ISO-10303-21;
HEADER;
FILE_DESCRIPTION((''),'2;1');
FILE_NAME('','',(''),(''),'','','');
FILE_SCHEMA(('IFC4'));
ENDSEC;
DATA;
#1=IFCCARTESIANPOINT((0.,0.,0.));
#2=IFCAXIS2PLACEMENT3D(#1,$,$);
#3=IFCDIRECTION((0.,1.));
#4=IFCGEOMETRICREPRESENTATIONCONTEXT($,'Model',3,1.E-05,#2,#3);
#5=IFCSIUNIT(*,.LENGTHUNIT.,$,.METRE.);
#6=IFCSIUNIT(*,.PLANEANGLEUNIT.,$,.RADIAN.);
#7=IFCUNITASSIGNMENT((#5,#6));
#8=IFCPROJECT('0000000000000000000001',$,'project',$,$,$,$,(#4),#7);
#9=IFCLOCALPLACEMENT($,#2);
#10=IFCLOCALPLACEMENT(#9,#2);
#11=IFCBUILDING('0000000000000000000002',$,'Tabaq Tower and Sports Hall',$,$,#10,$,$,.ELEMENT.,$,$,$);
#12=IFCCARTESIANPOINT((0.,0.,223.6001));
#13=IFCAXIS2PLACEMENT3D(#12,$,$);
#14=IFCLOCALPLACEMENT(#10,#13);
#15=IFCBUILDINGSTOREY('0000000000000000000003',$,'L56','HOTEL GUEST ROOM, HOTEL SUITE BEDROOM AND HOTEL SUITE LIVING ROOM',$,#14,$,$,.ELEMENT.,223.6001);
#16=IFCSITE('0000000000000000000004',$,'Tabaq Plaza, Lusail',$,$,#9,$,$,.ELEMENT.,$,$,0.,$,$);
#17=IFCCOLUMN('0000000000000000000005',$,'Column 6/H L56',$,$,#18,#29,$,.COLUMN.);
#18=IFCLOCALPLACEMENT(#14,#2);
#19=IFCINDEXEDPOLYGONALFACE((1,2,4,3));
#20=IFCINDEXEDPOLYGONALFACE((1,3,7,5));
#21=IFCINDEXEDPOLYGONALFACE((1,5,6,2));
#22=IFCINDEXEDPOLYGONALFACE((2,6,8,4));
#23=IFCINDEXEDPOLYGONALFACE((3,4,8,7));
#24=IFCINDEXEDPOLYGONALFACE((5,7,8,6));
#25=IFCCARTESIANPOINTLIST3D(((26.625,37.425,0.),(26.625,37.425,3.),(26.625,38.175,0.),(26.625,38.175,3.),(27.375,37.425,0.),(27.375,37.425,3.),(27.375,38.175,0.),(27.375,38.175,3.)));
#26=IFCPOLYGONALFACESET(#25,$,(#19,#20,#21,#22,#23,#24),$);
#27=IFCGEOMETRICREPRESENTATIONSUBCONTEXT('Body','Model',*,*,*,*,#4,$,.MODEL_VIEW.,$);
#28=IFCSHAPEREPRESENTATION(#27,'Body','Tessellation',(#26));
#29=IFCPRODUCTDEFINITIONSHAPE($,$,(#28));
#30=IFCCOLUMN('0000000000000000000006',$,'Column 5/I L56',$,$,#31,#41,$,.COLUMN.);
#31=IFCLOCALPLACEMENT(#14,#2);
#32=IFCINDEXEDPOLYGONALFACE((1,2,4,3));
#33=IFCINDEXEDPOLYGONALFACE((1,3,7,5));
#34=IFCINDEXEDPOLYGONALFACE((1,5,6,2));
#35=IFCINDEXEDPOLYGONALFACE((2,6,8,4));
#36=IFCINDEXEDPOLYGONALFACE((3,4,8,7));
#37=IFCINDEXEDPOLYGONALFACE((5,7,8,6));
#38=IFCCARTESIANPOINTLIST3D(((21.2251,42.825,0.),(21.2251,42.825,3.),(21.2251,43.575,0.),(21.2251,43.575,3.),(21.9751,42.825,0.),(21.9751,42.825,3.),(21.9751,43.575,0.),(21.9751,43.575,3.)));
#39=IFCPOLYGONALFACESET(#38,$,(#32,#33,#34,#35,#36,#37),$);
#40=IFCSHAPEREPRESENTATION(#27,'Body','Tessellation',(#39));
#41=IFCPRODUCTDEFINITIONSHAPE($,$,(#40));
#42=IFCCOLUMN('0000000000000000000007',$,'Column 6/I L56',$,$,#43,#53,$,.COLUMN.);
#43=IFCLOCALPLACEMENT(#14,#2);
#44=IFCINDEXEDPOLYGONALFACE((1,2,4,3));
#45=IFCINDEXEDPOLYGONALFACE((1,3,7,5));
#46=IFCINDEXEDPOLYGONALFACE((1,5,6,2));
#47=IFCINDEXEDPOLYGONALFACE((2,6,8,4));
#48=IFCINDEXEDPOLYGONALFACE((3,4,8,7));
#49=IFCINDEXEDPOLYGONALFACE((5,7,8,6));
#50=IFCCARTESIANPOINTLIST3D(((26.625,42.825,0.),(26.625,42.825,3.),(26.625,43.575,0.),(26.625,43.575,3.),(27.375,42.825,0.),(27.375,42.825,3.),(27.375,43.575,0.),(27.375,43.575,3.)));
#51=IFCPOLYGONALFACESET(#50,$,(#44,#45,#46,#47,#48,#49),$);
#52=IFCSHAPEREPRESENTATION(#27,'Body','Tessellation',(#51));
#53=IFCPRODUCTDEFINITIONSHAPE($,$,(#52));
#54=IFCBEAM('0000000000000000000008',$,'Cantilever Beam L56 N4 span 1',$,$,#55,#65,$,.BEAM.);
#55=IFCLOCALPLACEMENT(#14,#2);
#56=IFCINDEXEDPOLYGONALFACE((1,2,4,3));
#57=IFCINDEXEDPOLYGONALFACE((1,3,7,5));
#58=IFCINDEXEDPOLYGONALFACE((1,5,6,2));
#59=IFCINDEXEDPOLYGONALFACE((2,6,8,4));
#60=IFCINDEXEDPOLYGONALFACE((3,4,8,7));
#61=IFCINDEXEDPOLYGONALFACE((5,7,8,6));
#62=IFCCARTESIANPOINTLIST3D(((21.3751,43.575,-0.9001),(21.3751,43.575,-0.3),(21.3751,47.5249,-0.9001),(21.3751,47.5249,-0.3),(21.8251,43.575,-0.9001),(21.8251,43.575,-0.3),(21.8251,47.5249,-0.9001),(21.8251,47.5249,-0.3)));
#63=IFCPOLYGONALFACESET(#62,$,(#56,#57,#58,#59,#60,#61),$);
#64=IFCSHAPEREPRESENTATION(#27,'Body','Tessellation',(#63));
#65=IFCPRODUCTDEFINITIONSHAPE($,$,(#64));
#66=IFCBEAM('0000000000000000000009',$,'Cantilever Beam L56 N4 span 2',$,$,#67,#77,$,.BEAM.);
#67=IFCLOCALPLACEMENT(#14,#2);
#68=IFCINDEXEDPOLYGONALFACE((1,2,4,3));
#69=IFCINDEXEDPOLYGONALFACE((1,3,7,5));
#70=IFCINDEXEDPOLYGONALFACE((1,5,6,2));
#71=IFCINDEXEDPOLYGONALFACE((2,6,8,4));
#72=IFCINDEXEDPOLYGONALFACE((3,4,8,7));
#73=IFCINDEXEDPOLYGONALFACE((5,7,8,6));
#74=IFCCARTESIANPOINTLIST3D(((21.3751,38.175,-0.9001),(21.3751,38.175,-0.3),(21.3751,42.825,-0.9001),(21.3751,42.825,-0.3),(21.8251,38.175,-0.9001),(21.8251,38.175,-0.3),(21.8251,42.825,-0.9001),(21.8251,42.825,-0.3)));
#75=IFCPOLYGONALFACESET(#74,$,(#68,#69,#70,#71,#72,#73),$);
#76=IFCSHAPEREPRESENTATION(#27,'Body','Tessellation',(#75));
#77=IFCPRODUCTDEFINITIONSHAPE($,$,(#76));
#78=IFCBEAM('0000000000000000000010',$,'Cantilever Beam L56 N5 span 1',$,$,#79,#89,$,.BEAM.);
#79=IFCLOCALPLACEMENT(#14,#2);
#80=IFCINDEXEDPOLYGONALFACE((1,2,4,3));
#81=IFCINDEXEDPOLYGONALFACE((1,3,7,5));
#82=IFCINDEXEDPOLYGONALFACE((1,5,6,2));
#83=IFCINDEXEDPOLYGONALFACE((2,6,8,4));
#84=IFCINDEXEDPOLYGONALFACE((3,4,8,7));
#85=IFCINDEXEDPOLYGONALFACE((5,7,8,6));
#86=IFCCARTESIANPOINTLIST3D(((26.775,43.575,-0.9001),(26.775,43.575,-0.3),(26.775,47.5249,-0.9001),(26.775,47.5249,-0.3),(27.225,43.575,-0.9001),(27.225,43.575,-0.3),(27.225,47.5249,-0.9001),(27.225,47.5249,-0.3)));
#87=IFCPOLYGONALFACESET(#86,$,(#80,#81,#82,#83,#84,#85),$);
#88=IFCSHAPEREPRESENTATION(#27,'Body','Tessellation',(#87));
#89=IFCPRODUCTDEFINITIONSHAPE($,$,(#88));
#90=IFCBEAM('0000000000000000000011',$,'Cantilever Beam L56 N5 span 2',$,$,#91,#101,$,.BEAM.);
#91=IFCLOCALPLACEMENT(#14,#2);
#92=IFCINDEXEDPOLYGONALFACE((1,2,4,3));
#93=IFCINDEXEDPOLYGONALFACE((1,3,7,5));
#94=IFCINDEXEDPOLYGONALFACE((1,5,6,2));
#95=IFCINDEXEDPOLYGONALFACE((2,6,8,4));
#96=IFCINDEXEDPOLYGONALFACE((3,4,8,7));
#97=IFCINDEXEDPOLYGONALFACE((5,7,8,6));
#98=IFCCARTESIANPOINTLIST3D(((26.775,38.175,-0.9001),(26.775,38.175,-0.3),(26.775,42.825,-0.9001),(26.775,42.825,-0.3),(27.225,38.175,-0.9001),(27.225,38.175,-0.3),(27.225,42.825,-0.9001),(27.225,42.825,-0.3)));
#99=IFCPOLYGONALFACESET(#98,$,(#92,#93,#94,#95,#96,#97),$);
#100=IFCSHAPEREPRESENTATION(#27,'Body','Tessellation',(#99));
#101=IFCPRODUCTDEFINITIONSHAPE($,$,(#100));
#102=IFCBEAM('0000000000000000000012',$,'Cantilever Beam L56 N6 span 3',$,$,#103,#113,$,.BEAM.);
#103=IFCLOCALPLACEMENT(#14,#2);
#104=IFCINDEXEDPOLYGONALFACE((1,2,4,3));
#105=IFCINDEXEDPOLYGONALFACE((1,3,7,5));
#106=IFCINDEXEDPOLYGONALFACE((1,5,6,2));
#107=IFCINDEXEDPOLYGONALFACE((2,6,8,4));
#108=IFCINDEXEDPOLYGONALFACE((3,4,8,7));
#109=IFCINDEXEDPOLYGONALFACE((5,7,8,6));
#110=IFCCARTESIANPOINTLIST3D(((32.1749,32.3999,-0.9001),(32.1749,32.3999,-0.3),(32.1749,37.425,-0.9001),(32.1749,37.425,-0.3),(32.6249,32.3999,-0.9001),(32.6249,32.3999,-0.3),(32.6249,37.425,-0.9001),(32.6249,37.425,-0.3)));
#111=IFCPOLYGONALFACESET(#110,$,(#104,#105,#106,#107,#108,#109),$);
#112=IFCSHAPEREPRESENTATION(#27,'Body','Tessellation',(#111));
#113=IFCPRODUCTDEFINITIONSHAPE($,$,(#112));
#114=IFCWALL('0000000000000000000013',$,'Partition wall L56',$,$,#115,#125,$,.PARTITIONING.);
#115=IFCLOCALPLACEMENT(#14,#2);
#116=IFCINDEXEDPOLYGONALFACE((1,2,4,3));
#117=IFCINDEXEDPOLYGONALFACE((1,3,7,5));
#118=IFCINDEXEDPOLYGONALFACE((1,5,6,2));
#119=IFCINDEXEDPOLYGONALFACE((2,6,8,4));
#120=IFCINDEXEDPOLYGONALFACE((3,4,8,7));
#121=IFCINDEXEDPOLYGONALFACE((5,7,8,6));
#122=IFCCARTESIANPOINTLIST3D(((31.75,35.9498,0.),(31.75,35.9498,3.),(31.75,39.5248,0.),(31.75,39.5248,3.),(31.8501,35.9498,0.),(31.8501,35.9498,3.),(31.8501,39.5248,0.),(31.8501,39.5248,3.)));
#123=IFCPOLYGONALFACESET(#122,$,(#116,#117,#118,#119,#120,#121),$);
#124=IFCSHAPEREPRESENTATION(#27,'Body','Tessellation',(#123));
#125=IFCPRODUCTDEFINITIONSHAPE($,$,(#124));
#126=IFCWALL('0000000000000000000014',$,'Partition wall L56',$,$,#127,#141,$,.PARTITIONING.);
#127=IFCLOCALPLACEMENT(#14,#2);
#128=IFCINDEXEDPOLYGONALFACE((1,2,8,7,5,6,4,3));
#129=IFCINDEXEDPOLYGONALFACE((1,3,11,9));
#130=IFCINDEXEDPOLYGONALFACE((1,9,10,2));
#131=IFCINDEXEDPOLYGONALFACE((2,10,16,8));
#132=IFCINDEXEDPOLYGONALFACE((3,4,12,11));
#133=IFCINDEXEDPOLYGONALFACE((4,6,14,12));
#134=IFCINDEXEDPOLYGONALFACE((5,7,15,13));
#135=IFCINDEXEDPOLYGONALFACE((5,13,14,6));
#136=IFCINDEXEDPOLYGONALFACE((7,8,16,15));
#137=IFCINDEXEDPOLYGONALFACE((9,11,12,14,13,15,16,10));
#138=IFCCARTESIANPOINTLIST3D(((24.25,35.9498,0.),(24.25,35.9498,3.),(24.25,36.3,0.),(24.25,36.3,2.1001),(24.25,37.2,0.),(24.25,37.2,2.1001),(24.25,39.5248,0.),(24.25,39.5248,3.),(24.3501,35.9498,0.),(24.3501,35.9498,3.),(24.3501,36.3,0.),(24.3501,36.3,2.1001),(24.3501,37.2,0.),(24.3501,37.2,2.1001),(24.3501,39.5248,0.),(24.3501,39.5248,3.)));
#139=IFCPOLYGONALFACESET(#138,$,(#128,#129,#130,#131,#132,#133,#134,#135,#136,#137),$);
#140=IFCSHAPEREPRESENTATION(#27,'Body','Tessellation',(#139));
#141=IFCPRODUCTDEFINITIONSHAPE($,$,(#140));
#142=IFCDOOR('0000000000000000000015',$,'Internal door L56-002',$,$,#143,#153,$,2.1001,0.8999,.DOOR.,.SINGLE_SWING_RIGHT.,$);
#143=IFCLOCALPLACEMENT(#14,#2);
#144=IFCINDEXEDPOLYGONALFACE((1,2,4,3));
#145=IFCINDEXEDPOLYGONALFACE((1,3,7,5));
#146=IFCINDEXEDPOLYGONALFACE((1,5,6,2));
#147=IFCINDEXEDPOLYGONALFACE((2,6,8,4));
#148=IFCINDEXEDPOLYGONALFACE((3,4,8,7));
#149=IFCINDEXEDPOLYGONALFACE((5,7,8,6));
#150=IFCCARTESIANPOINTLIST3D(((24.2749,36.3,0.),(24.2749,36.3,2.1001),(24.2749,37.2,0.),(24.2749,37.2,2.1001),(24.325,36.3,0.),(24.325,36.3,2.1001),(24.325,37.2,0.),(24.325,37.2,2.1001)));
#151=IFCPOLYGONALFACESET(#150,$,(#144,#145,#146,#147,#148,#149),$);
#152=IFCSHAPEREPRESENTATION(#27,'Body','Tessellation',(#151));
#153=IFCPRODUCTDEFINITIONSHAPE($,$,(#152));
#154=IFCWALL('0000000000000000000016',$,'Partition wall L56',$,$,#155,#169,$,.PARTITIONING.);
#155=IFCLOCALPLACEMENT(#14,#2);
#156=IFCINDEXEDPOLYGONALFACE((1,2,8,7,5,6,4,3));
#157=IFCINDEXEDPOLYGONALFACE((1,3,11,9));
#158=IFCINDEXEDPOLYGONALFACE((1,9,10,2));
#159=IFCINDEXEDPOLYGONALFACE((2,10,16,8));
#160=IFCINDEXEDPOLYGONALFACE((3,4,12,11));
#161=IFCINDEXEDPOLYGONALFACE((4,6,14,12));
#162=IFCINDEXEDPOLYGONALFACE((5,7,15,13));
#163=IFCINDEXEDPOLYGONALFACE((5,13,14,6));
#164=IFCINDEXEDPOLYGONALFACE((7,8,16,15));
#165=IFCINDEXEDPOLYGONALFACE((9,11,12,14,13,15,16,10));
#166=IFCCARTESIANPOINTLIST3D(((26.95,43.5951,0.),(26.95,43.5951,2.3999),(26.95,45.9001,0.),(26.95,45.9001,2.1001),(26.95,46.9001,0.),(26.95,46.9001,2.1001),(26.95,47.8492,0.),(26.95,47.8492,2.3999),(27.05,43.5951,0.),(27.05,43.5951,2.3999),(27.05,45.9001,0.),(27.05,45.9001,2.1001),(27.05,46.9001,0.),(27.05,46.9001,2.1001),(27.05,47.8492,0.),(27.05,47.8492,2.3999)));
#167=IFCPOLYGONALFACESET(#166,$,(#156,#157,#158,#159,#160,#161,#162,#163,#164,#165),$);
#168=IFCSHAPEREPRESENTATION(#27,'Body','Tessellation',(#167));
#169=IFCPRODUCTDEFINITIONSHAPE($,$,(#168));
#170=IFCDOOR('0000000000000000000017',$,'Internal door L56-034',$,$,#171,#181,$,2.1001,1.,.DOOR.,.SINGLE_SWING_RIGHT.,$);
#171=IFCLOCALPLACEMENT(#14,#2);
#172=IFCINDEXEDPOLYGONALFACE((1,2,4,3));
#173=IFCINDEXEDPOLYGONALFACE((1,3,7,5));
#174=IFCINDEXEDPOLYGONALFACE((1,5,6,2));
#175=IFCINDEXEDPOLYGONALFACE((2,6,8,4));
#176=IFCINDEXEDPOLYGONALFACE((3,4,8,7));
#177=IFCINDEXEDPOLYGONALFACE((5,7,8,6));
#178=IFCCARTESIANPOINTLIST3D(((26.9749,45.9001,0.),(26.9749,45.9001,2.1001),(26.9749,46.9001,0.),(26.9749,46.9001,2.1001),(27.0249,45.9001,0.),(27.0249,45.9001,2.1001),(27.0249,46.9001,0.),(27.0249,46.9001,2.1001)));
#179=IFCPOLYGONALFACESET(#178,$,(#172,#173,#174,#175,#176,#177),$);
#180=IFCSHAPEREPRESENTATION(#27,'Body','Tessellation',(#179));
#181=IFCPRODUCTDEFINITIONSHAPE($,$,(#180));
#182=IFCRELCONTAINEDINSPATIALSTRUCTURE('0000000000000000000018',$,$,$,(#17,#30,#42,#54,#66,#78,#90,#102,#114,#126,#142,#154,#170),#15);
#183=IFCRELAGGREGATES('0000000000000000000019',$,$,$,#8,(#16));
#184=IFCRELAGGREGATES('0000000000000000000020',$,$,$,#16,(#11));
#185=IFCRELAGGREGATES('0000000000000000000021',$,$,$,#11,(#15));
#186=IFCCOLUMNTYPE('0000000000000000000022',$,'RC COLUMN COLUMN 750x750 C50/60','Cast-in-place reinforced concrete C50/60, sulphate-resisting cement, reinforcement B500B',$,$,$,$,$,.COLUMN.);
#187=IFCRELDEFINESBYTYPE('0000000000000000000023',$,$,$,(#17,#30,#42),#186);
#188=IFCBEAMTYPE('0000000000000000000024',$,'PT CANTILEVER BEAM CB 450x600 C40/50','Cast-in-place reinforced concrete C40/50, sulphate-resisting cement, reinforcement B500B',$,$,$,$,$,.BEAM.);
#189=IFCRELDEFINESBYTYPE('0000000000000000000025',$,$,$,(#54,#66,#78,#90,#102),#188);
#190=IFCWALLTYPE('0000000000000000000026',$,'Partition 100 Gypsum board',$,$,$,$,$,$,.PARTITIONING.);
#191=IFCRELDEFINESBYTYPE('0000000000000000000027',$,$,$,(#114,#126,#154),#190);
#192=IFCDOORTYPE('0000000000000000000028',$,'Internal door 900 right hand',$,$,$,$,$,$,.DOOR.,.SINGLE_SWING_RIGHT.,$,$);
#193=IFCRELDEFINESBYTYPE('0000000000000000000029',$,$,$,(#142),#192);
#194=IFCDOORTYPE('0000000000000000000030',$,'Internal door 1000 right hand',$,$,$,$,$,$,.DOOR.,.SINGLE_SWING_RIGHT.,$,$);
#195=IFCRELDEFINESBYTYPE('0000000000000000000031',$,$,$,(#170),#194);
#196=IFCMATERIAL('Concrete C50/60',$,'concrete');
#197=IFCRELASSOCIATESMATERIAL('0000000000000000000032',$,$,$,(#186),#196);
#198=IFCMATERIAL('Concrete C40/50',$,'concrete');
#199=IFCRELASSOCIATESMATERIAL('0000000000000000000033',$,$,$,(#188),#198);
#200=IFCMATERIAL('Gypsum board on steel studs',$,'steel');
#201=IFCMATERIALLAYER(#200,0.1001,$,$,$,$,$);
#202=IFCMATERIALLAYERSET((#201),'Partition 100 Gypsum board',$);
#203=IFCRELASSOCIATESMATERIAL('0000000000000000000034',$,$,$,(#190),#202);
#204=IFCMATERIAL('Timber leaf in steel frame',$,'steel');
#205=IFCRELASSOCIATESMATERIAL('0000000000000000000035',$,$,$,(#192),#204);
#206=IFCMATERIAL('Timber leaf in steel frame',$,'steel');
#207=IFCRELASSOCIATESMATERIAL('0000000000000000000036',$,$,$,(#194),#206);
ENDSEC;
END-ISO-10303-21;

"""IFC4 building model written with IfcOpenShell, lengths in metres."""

from ifc_helpers import new_model, si_unit, direction, frame, frame_2d, origin, origin_2d, place, context, subcontext, project, spatial, rectangle, extrude, material, layer, layer_set, material_profile, profile_set, type_object, element, fill, save


model = new_model("IFC4")

# Units and contexts
model_context = context("Model", 3, precision=1e-05, world=origin(), true_north=direction((0.0, 1.0)))
body_context = subcontext(model_context, "Body", "Model", "MODEL_VIEW")
ifc_project = project(units=[si_unit("LENGTHUNIT", "METRE"), si_unit("PLANEANGLEUNIT", "RADIAN")], contexts=[model_context])

# Site, building, storey
site_placement = place(None, origin())
site = spatial("IfcSite", under=ifc_project, at=site_placement, Name="Tabaq Plaza, Lusail", CompositionType="ELEMENT", RefElevation=0.0)
building_placement = place(site_placement, origin())
building = spatial("IfcBuilding", under=site, at=building_placement, Name="Tabaq Tower and Sports Hall", CompositionType="ELEMENT")
storey_placement = place(building_placement, frame((0.0, 0.0, 223.6001)))
storey = spatial("IfcBuildingStorey", under=building, at=storey_placement, Name="L56", Description="HOTEL GUEST ROOM, HOTEL SUITE BEDROOM AND HOTEL SUITE LIVING ROOM", CompositionType="ELEMENT", Elevation=223.6001)

# Columns
ifc_material_1 = material(Name="Concrete C50/60", Category="concrete")
ifc_material_profile_1 = material_profile(ifc_material_1, rectangle(XDim=0.75, YDim=0.75, at=origin_2d()), Name="COLUMN 750x750")
ifc_profile_set_1 = profile_set([ifc_material_profile_1], Name="Concrete C50/60")
column_type = type_object("IfcColumnType", Name="RC COLUMN COLUMN 750x750 C50/60", Description="Cast-in-place reinforced concrete C50/60, sulphate-resisting cement, reinforcement B500B", PredefinedType="COLUMN", material=ifc_profile_set_1)
for number, where, z_axis, x_axis, name in (
    (1, (27.0, 37.8, 0.0), (0.0, 0.0, 1.0), (1.0, 0.0, 0.0), "Column 6/H L56"),
    (2, (21.6001, 43.2, 0.0), (0.0, 0.0, 1.0), (1.0, 0.0, 0.0), "Column 5/I L56"),
    (3, (27.0, 43.2, 0.0), (0.0, 0.0, 1.0), (1.0, 0.0, 0.0), "Column 6/I L56"),
):
    element("IfcColumn", number, at=place(storey_placement, frame(where, z_axis=z_axis, x_axis=x_axis)), inside=storey, type_object=column_type, Name=name, PredefinedType="COLUMN", context=body_context, shape_type="SweptSolid", body=[
        extrude(rectangle(XDim=0.75, YDim=0.75, at=origin_2d()), origin(), (0.0, 0.0, 1.0), 3.0),
    ])

# Beams
ifc_material_2 = material(Name="Concrete C40/50", Category="concrete")
ifc_material_profile_2 = material_profile(ifc_material_2, rectangle(XDim=0.45, YDim=0.6001, at=origin_2d()), Name="CB 450x600")
ifc_profile_set_2 = profile_set([ifc_material_profile_2], Name="Concrete C40/50")
beam_type = type_object("IfcBeamType", Name="PT CANTILEVER BEAM CB 450x600 C40/50", Description="Cast-in-place reinforced concrete C40/50, sulphate-resisting cement, reinforcement B500B", PredefinedType="BEAM", material=ifc_profile_set_2)
beam_1_placement = place(storey_placement, frame((21.6001, 47.5249, -0.6001), z_axis=(0.0, -1.0, 0.0), x_axis=(1.0, 0.0, 0.0)))
element("IfcBeam", 4, at=beam_1_placement, inside=storey, type_object=beam_type, Name="Cantilever Beam L56 N4 span 1", PredefinedType="BEAM", context=body_context, shape_type="SweptSolid", body=[
    extrude(rectangle(XDim=0.45, YDim=0.6001, at=origin_2d()), origin(), (0.0, 0.0, 1.0), 3.95),
])
beam_2_placement = place(storey_placement, frame((21.6001, 42.825, -0.6001), z_axis=(0.0, -1.0, 0.0), x_axis=(1.0, 0.0, 0.0)))
element("IfcBeam", 5, at=beam_2_placement, inside=storey, type_object=beam_type, Name="Cantilever Beam L56 N4 span 2", PredefinedType="BEAM", context=body_context, shape_type="SweptSolid", body=[
    extrude(rectangle(XDim=0.45, YDim=0.6001, at=origin_2d()), origin(), (0.0, 0.0, 1.0), 4.6499),
])
beam_3_placement = place(storey_placement, frame((27.0, 47.5249, -0.6001), z_axis=(0.0, -1.0, 0.0), x_axis=(1.0, 0.0, 0.0)))
element("IfcBeam", 6, at=beam_3_placement, inside=storey, type_object=beam_type, Name="Cantilever Beam L56 N5 span 1", PredefinedType="BEAM", context=body_context, shape_type="SweptSolid", body=[
    extrude(rectangle(XDim=0.45, YDim=0.6001, at=origin_2d()), origin(), (0.0, 0.0, 1.0), 3.95),
])
beam_4_placement = place(storey_placement, frame((27.0, 42.825, -0.6001), z_axis=(0.0, -1.0, 0.0), x_axis=(1.0, 0.0, 0.0)))
element("IfcBeam", 7, at=beam_4_placement, inside=storey, type_object=beam_type, Name="Cantilever Beam L56 N5 span 2", PredefinedType="BEAM", context=body_context, shape_type="SweptSolid", body=[
    extrude(rectangle(XDim=0.45, YDim=0.6001, at=origin_2d()), origin(), (0.0, 0.0, 1.0), 4.6499),
])
beam_5_placement = place(storey_placement, frame((32.3999, 37.425, -0.6001), z_axis=(0.0, -1.0, 0.0), x_axis=(1.0, 0.0, 0.0)))
element("IfcBeam", 8, at=beam_5_placement, inside=storey, type_object=beam_type, Name="Cantilever Beam L56 N6 span 3", PredefinedType="BEAM", context=body_context, shape_type="SweptSolid", body=[
    extrude(rectangle(XDim=0.45, YDim=0.6001, at=origin_2d()), origin(), (0.0, 0.0, 1.0), 5.0251),
])

# Wall
ifc_material_3 = material(Name="Gypsum board on steel studs", Category="steel")
ifc_layer_1 = layer(ifc_material_3, 0.1001)
ifc_layer_set_1 = layer_set([ifc_layer_1], Name="Partition 100 Gypsum board")
wall_type_1 = type_object("IfcWallType", Name="Partition 100 Gypsum board", PredefinedType="PARTITIONING", material=ifc_layer_set_1)
wall_1_placement = place(storey_placement, frame((31.8, 39.5249, 0.0), z_axis=(0.0, 0.0, 1.0), x_axis=(0.0, -1.0, 0.0)))
element("IfcWall", 9, at=wall_1_placement, inside=storey, type_object=wall_type_1, Name="Partition wall L56", PredefinedType="PARTITIONING", context=body_context, shape_type="SweptSolid", body=[
    extrude(rectangle(XDim=3.575, YDim=0.1001, at=frame_2d((1.7876, 0.0))), origin(), (0.0, 0.0, 1.0), 3.0),
])

# Walls, openings, doors
wall_2_placement = place(storey_placement, frame((24.3, 39.5249, 0.0), z_axis=(0.0, 0.0, 1.0), x_axis=(0.0, -1.0, 0.0)))
wall_2 = element("IfcWall", 10, at=wall_2_placement, inside=storey, type_object=wall_type_1, Name="Partition wall L56", PredefinedType="PARTITIONING", context=body_context, shape_type="SweptSolid", body=[
    extrude(rectangle(XDim=3.575, YDim=0.1001, at=frame_2d((1.7876, 0.0))), origin(), (0.0, 0.0, 1.0), 3.0),
])
opening_1_placement = place(wall_2_placement, frame((2.325, 0.0, 0.0)))
opening_1 = element("IfcOpeningElement", 11, at=opening_1_placement, cuts=wall_2, PredefinedType="OPENING", context=body_context, shape_type="SweptSolid", body=[
    extrude(rectangle(XDim=0.8999, YDim=2.1001, at=frame_2d((0.45, 1.05))), frame((0.0, 0.05, 0.0), z_axis=(0.0, -1.0, 0.0), x_axis=(1.0, 0.0, 0.0)), (0.0, 0.0, 1.0), 0.1001),
])
ifc_material_4 = material(Name="Timber leaf in steel frame", Category="steel")
door_type_1 = type_object("IfcDoorType", Name="Internal door 900 right hand", OperationType="SINGLE_SWING_RIGHT", PredefinedType="DOOR", material=ifc_material_4)
door_1_placement = place(opening_1_placement, origin())
door_1 = element("IfcDoor", 12, at=door_1_placement, inside=storey, type_object=door_type_1, Name="Internal door L56-002", OperationType="SINGLE_SWING_RIGHT", OverallHeight=2.1001, OverallWidth=0.8999, PredefinedType="DOOR", context=body_context, shape_type="SweptSolid", body=[
    extrude(rectangle(XDim=0.8999, YDim=2.1001, at=frame_2d((0.45, 1.05))), frame((0.0, 0.0249, 0.0), z_axis=(0.0, -1.0, 0.0), x_axis=(1.0, 0.0, 0.0)), (0.0, 0.0, 1.0), 0.05),
])
fill(opening_1, door_1)
wall_3_placement = place(storey_placement, frame((27.0, 47.8491, 0.0), z_axis=(0.0, 0.0, 1.0), x_axis=(0.0, -1.0, 0.0)))
wall_3 = element("IfcWall", 13, at=wall_3_placement, inside=storey, type_object=wall_type_1, Name="Partition wall L56", PredefinedType="PARTITIONING", context=body_context, shape_type="SweptSolid", body=[
    extrude(rectangle(XDim=4.2542, YDim=0.1001, at=frame_2d((2.127, 0.0))), origin(), (0.0, 0.0, 1.0), 2.3999),
])
opening_2_placement = place(wall_3_placement, frame((0.949, 0.0, 0.0)))
opening_2 = element("IfcOpeningElement", 14, at=opening_2_placement, cuts=wall_3, PredefinedType="OPENING", context=body_context, shape_type="SweptSolid", body=[
    extrude(rectangle(XDim=1.0, YDim=2.1001, at=frame_2d((0.5, 1.05))), frame((0.0, 0.05, 0.0), z_axis=(0.0, -1.0, 0.0), x_axis=(1.0, 0.0, 0.0)), (0.0, 0.0, 1.0), 0.1001),
])
ifc_material_5 = material(Name="Timber leaf in steel frame", Category="steel")
door_type_2 = type_object("IfcDoorType", Name="Internal door 1000 right hand", OperationType="SINGLE_SWING_RIGHT", PredefinedType="DOOR", material=ifc_material_5)
door_2_placement = place(opening_2_placement, origin())
door_2 = element("IfcDoor", 15, at=door_2_placement, inside=storey, type_object=door_type_2, Name="Internal door L56-034", OperationType="SINGLE_SWING_RIGHT", OverallHeight=2.1001, OverallWidth=1.0, PredefinedType="DOOR", context=body_context, shape_type="SweptSolid", body=[
    extrude(rectangle(XDim=1.0, YDim=2.1001, at=frame_2d((0.5, 1.05))), frame((0.0, 0.0249, 0.0), z_axis=(0.0, -1.0, 0.0), x_axis=(1.0, 0.0, 0.0)), (0.0, 0.0, 1.0), 0.05),
])
fill(opening_2, door_2)

save(model, "model.ifc")
